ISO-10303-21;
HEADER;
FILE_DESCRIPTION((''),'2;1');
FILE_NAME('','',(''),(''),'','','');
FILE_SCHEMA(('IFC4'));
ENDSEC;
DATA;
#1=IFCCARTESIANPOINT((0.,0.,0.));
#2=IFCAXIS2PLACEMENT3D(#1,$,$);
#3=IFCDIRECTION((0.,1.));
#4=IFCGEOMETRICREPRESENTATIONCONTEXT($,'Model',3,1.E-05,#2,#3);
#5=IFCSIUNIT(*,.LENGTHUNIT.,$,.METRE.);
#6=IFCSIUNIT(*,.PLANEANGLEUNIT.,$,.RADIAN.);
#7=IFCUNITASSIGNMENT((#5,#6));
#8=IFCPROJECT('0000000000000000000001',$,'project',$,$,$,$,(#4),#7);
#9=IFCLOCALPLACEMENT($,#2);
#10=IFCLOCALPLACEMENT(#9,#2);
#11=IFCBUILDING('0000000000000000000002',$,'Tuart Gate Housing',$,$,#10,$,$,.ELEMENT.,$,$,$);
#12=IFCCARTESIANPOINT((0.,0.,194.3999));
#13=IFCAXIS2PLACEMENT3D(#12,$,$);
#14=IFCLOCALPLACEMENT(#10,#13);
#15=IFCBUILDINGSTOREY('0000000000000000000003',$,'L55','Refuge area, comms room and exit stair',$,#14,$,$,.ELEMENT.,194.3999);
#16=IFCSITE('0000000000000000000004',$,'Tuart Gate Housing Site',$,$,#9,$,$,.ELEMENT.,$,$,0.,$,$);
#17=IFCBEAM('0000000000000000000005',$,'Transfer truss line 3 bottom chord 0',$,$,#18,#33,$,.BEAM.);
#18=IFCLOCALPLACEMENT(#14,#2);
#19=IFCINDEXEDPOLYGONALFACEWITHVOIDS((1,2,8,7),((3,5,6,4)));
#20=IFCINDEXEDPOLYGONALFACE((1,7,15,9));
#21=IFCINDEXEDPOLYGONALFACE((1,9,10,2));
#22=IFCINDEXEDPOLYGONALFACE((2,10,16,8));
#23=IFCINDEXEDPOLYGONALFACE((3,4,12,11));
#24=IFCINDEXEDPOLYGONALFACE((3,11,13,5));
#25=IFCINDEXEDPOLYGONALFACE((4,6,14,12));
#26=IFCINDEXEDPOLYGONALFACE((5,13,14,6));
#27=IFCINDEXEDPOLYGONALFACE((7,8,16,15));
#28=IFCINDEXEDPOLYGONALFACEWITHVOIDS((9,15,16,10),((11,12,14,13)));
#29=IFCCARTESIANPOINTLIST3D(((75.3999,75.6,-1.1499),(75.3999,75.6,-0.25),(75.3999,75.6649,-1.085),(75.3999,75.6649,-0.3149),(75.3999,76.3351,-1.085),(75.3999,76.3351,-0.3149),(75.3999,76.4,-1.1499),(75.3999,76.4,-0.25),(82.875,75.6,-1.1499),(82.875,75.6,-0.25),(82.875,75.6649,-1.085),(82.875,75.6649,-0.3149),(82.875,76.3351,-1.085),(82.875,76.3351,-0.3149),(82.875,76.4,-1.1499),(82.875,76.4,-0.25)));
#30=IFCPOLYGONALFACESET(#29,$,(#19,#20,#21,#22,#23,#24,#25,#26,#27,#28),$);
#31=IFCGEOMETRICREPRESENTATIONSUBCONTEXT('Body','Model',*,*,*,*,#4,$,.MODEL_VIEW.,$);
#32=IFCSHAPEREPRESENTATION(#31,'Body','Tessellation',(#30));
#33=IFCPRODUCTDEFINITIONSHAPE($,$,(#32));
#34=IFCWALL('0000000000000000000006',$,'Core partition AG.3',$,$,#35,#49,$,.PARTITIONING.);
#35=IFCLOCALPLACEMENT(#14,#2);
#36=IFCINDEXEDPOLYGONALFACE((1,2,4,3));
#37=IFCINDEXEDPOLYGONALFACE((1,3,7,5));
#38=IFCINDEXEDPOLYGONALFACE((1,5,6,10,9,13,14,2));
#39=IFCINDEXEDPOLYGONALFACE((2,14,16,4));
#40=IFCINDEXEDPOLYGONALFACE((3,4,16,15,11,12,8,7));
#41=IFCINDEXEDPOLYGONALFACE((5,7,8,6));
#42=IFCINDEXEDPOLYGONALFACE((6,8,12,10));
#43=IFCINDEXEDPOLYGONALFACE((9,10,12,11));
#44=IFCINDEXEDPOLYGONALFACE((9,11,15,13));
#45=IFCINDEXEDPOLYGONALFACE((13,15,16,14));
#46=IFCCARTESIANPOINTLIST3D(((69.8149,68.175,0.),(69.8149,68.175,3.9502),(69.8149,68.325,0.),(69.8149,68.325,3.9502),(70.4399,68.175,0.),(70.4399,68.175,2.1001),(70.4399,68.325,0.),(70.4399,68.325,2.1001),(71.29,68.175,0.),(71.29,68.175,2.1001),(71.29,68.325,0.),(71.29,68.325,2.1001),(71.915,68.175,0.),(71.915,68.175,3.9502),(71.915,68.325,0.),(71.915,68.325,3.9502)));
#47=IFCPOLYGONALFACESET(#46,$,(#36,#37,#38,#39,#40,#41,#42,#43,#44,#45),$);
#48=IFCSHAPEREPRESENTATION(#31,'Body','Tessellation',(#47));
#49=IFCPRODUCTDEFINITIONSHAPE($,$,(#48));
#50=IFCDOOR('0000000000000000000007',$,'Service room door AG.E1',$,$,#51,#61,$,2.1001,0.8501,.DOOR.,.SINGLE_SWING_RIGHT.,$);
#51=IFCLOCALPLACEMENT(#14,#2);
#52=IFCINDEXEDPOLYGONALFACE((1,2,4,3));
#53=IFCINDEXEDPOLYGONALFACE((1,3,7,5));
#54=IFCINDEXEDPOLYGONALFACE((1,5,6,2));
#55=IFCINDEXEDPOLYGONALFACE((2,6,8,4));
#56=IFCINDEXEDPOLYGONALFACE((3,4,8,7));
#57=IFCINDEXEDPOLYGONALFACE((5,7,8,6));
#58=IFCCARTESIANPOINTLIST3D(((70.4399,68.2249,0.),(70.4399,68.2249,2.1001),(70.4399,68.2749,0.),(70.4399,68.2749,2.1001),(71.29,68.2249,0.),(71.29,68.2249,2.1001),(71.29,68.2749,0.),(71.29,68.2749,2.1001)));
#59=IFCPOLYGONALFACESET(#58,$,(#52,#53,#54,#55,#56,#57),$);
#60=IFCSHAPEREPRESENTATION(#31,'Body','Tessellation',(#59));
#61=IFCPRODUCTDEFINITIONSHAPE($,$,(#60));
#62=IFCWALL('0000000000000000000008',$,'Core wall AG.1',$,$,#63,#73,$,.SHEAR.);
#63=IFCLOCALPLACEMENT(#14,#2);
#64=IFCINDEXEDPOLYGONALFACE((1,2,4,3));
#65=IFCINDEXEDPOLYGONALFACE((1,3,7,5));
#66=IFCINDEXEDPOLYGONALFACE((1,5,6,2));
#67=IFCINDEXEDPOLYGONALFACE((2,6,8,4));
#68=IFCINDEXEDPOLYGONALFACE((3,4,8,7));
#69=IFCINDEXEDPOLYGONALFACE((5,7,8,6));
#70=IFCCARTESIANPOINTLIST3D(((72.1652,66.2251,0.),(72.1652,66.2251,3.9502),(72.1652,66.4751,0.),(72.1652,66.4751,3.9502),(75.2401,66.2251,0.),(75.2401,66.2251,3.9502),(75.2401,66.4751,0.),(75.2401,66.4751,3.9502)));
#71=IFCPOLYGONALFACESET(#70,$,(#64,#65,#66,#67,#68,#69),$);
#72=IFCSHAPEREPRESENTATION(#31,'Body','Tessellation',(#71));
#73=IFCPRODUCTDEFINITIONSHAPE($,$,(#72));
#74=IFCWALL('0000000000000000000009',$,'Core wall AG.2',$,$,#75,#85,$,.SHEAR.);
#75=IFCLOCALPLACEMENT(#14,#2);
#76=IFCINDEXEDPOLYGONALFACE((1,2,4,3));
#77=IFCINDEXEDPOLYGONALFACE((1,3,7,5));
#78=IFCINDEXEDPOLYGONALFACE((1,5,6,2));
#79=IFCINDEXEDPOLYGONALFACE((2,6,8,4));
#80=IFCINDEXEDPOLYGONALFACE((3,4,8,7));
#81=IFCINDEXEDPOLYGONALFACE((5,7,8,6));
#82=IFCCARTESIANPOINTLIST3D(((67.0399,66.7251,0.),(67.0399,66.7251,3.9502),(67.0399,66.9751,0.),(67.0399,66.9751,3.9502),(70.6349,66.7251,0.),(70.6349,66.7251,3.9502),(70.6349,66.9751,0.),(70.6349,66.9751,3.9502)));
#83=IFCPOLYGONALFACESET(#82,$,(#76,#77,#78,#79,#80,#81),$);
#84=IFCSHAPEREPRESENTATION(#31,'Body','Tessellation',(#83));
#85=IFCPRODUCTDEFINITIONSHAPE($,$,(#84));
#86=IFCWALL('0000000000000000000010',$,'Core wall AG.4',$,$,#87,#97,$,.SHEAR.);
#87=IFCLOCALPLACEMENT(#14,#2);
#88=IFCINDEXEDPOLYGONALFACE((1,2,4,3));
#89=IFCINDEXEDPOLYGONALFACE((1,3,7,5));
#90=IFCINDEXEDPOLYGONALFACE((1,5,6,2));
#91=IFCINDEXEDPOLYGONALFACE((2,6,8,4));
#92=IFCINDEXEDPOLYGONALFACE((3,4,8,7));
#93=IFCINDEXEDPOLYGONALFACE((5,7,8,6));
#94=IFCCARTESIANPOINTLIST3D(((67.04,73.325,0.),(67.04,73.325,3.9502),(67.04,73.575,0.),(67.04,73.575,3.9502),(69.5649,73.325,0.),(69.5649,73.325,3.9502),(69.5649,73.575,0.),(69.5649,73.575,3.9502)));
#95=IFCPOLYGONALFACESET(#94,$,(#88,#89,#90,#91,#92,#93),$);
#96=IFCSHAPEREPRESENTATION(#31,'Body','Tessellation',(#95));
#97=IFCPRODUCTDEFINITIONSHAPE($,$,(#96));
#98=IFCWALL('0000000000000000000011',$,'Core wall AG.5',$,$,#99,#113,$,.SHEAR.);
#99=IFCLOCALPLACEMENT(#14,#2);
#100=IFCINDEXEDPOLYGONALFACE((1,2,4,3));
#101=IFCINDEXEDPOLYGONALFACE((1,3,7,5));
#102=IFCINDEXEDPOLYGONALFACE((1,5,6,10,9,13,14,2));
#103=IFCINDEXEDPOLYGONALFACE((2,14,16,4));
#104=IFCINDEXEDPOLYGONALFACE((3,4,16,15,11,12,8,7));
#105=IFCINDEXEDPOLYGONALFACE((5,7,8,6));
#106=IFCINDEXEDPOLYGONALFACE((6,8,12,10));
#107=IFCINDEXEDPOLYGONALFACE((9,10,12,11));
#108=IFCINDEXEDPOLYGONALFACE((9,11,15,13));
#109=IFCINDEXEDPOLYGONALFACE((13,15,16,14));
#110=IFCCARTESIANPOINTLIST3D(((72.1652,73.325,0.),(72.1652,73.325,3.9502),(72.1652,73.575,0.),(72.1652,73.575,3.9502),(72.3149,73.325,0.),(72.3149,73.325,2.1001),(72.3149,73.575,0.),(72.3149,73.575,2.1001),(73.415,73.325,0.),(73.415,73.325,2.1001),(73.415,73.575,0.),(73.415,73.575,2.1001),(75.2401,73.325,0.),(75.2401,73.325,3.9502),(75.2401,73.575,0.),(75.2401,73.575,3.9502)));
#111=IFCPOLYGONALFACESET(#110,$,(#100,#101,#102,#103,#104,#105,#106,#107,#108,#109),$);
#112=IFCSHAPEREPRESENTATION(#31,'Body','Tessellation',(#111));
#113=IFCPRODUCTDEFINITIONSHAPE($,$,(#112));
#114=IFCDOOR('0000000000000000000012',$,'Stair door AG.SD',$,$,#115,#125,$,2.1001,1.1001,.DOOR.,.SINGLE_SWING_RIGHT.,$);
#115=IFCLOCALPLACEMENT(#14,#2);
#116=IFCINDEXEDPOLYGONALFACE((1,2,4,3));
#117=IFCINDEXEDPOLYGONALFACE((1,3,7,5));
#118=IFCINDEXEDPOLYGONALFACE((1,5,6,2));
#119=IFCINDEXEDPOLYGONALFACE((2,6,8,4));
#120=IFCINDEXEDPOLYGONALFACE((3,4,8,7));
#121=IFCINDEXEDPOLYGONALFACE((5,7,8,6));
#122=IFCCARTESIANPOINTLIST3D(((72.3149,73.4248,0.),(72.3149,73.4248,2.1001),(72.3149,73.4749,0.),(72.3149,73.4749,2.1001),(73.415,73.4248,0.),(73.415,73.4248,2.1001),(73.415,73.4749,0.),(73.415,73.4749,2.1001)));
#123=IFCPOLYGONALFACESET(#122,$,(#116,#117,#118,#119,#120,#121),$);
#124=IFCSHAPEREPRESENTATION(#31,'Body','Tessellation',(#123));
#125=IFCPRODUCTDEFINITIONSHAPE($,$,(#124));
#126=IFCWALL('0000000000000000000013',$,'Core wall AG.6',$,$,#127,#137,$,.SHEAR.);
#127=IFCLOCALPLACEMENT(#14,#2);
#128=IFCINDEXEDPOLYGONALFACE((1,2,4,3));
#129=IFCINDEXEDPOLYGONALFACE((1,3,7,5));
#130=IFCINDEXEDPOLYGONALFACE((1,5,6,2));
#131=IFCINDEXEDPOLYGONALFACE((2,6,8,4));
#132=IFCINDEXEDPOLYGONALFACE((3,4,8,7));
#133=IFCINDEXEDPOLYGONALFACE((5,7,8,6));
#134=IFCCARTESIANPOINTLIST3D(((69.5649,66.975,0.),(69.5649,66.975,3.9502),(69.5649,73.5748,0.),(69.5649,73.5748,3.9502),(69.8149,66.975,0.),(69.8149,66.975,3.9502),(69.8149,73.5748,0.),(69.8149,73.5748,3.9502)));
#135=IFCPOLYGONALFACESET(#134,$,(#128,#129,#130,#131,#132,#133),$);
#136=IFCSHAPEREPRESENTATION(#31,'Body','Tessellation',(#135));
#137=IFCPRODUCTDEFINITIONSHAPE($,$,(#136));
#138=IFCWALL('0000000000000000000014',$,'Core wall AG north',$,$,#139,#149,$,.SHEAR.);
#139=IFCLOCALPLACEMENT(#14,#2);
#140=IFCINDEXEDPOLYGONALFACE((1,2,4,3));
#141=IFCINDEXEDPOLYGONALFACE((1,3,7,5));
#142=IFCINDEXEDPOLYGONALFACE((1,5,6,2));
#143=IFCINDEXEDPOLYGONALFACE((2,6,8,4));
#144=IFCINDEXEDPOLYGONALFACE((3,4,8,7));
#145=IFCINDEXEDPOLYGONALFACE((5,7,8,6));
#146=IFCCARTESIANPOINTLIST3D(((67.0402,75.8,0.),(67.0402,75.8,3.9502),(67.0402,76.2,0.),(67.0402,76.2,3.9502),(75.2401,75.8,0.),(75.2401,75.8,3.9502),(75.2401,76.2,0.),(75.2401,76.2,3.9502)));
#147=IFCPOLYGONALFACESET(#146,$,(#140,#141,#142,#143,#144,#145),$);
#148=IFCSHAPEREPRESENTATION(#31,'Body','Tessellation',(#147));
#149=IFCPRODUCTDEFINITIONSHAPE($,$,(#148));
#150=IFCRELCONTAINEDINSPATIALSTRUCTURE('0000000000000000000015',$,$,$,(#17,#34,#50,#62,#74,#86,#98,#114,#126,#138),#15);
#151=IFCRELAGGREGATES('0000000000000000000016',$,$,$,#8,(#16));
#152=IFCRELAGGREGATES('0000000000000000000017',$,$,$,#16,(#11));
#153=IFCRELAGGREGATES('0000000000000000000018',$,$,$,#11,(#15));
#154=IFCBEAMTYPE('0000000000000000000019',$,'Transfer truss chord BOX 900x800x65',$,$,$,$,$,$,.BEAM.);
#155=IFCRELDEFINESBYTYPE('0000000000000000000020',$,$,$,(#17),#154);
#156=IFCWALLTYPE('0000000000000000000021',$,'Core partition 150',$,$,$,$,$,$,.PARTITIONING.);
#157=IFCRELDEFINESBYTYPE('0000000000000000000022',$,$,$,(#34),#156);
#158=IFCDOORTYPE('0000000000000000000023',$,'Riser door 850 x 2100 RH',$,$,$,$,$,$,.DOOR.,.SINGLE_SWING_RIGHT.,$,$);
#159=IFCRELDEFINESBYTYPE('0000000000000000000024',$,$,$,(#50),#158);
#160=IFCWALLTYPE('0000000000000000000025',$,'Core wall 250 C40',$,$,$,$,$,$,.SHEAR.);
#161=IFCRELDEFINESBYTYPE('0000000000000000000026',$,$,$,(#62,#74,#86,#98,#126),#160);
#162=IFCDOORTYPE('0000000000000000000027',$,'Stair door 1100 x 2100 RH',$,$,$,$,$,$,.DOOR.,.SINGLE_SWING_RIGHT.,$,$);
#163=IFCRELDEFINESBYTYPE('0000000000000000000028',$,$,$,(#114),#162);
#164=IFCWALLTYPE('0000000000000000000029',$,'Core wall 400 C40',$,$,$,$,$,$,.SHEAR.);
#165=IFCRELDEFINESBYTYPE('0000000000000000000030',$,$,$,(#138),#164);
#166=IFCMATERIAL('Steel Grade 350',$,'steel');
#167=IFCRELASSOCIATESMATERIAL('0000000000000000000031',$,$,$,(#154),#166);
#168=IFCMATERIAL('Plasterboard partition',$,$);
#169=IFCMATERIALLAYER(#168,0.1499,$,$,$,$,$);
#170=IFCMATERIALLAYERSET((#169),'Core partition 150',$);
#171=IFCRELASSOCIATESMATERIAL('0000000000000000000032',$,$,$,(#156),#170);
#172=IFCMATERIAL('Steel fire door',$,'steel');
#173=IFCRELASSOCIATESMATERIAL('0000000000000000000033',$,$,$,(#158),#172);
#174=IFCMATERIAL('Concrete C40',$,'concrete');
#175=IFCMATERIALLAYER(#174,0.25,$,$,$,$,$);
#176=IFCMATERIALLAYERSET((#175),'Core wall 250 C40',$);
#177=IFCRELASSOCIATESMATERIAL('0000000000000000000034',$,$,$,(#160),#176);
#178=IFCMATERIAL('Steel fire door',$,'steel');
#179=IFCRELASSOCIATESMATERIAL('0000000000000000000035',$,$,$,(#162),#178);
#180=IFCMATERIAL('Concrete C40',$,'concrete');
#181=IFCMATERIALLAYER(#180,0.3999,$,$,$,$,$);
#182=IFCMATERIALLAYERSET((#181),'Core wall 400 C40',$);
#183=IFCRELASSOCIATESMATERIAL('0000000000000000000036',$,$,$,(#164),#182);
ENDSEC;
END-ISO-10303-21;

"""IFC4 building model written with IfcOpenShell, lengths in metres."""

from ifc_helpers import new_model, si_unit, direction, frame, frame_2d, origin, origin_2d, place, context, subcontext, project, spatial, rectangle, hollow_rectangle, extrude, material, layer, layer_set, material_profile, profile_set, type_object, element, fill, save


model = new_model("IFC4")

# Units and contexts
model_context = context("Model", 3, precision=1e-05, world=origin(), true_north=direction((0.0, 1.0)))
body_context = subcontext(model_context, "Body", "Model", "MODEL_VIEW")
ifc_project = project(units=[si_unit("LENGTHUNIT", "METRE"), si_unit("PLANEANGLEUNIT", "RADIAN")], contexts=[model_context])

# Site, building, storey
site_placement = place(None, origin())
site = spatial("IfcSite", under=ifc_project, at=site_placement, Name="Tuart Gate Housing Site", CompositionType="ELEMENT", RefElevation=0.0)
building_placement = place(site_placement, origin())
building = spatial("IfcBuilding", under=site, at=building_placement, Name="Tuart Gate Housing", CompositionType="ELEMENT")
storey_placement = place(building_placement, frame((0.0, 0.0, 194.3999)))
storey = spatial("IfcBuildingStorey", under=building, at=storey_placement, Name="L55", Description="Refuge area, comms room and exit stair", CompositionType="ELEMENT", Elevation=194.3999)

# Beam
ifc_material_1 = material(Name="Steel Grade 350", Category="steel")
ifc_material_profile = material_profile(ifc_material_1, hollow_rectangle(XDim=0.8, YDim=0.8999, WallThickness=0.0649, at=origin_2d()), Name="BOX 900x800x65")
ifc_profile_set = profile_set([ifc_material_profile], Name="Steel Grade 350")
beam_type = type_object("IfcBeamType", Name="Transfer truss chord BOX 900x800x65", PredefinedType="BEAM", material=ifc_profile_set)
beam_placement = place(storey_placement, frame((75.3999, 76.0, -0.7), z_axis=(1.0, 0.0, 0.0), x_axis=(0.0, 1.0, 0.0)))
element("IfcBeam", 1, at=beam_placement, inside=storey, type_object=beam_type, Name="Transfer truss line 3 bottom chord 0", PredefinedType="BEAM", context=body_context, shape_type="SweptSolid", body=[
    extrude(hollow_rectangle(XDim=0.8, YDim=0.8999, WallThickness=0.0649, at=origin_2d()), origin(), (0.0, 0.0, 1.0), 7.4751),
])

# Wall, opening, door
ifc_material_2 = material(Name="Plasterboard partition")
ifc_layer_1 = layer(ifc_material_2, 0.1499)
ifc_layer_set_1 = layer_set([ifc_layer_1], Name="Core partition 150")
wall_type_1 = type_object("IfcWallType", Name="Core partition 150", PredefinedType="PARTITIONING", material=ifc_layer_set_1)
wall_1_placement = place(storey_placement, frame((69.8149, 68.25, 0.0), z_axis=(0.0, 0.0, 1.0), x_axis=(1.0, 0.0, 0.0)))
wall_1 = element("IfcWall", 2, at=wall_1_placement, inside=storey, type_object=wall_type_1, Name="Core partition AG.3", PredefinedType="PARTITIONING", context=body_context, shape_type="SweptSolid", body=[
    extrude(rectangle(XDim=2.1001, YDim=0.1499, at=frame_2d((1.05, 0.0))), origin(), (0.0, 0.0, 1.0), 3.9502),
])
opening_1_placement = place(wall_1_placement, frame((0.625, 0.0, 0.0)))
opening_1 = element("IfcOpeningElement", 3, at=opening_1_placement, cuts=wall_1, PredefinedType="OPENING", context=body_context, shape_type="SweptSolid", body=[
    extrude(rectangle(XDim=0.8501, YDim=2.1001, at=frame_2d((0.425, 1.05))), frame((0.0, 0.085, 0.0), z_axis=(0.0, -1.0, 0.0), x_axis=(1.0, 0.0, 0.0)), (0.0, 0.0, 1.0), 0.1699),
])
ifc_material_3 = material(Name="Steel fire door", Category="steel")
door_type_1 = type_object("IfcDoorType", Name="Riser door 850 x 2100 RH", OperationType="SINGLE_SWING_RIGHT", PredefinedType="DOOR", material=ifc_material_3)
door_1_placement = place(opening_1_placement, frame((0.8501, 0.0, 0.0), z_axis=(0.0, 0.0, 1.0), x_axis=(-1.0, 0.0, 0.0)))
door_1 = element("IfcDoor", 4, at=door_1_placement, inside=storey, type_object=door_type_1, Name="Service room door AG.E1", OperationType="SINGLE_SWING_RIGHT", OverallHeight=2.1001, OverallWidth=0.8501, PredefinedType="DOOR", context=body_context, shape_type="SweptSolid", body=[
    extrude(rectangle(XDim=0.8501, YDim=2.1001, at=frame_2d((0.425, 1.05))), frame((0.0, 0.0251, 0.0), z_axis=(0.0, -1.0, 0.0), x_axis=(1.0, 0.0, 0.0)), (0.0, 0.0, 1.0), 0.05),
])
fill(opening_1, door_1)

# Walls
ifc_material_4 = material(Name="Concrete C40", Category="concrete")
ifc_layer_2 = layer(ifc_material_4, 0.25)
ifc_layer_set_2 = layer_set([ifc_layer_2], Name="Core wall 250 C40")
wall_type_2 = type_object("IfcWallType", Name="Core wall 250 C40", PredefinedType="SHEAR", material=ifc_layer_set_2)
wall_2_placement = place(storey_placement, frame((72.165, 66.3501, 0.0), z_axis=(0.0, 0.0, 1.0), x_axis=(1.0, 0.0, 0.0)))
element("IfcWall", 5, at=wall_2_placement, inside=storey, type_object=wall_type_2, Name="Core wall AG.1", PredefinedType="SHEAR", context=body_context, shape_type="SweptSolid", body=[
    extrude(rectangle(XDim=3.075, YDim=0.25, at=frame_2d((1.5376, 0.0))), origin(), (0.0, 0.0, 1.0), 3.9502),
])
wall_3_placement = place(storey_placement, frame((67.04, 66.8501, 0.0), z_axis=(0.0, 0.0, 1.0), x_axis=(1.0, 0.0, 0.0)))
element("IfcWall", 6, at=wall_3_placement, inside=storey, type_object=wall_type_2, Name="Core wall AG.2", PredefinedType="SHEAR", context=body_context, shape_type="SweptSolid", body=[
    extrude(rectangle(XDim=3.595, YDim=0.25, at=frame_2d((1.7974, 0.0))), origin(), (0.0, 0.0, 1.0), 3.9502),
])
wall_4_placement = place(storey_placement, frame((67.04, 73.45, 0.0), z_axis=(0.0, 0.0, 1.0), x_axis=(1.0, 0.0, 0.0)))
element("IfcWall", 7, at=wall_4_placement, inside=storey, type_object=wall_type_2, Name="Core wall AG.4", PredefinedType="SHEAR", context=body_context, shape_type="SweptSolid", body=[
    extrude(rectangle(XDim=2.5249, YDim=0.25, at=frame_2d((1.2625, 0.0))), origin(), (0.0, 0.0, 1.0), 3.9502),
])

# Wall, opening, door
wall_5_placement = place(storey_placement, frame((72.165, 73.45, 0.0), z_axis=(0.0, 0.0, 1.0), x_axis=(1.0, 0.0, 0.0)))
wall_5 = element("IfcWall", 8, at=wall_5_placement, inside=storey, type_object=wall_type_2, Name="Core wall AG.5", PredefinedType="SHEAR", context=body_context, shape_type="SweptSolid", body=[
    extrude(rectangle(XDim=3.075, YDim=0.25, at=frame_2d((1.5376, 0.0))), origin(), (0.0, 0.0, 1.0), 3.9502),
])
opening_2_placement = place(wall_5_placement, frame((0.1499, 0.0, 0.0)))
opening_2 = element("IfcOpeningElement", 9, at=opening_2_placement, cuts=wall_5, PredefinedType="OPENING", context=body_context, shape_type="SweptSolid", body=[
    extrude(rectangle(XDim=1.1001, YDim=2.1001, at=frame_2d((0.55, 1.05))), frame((0.0, 0.135, 0.0), z_axis=(0.0, -1.0, 0.0), x_axis=(1.0, 0.0, 0.0)), (0.0, 0.0, 1.0), 0.27),
])
ifc_material_5 = material(Name="Steel fire door", Category="steel")
door_type_2 = type_object("IfcDoorType", Name="Stair door 1100 x 2100 RH", OperationType="SINGLE_SWING_RIGHT", PredefinedType="DOOR", material=ifc_material_5)
door_2_placement = place(opening_2_placement, frame((1.1001, 0.0, 0.0), z_axis=(0.0, 0.0, 1.0), x_axis=(-1.0, 0.0, 0.0)))
door_2 = element("IfcDoor", 10, at=door_2_placement, inside=storey, type_object=door_type_2, Name="Stair door AG.SD", OperationType="SINGLE_SWING_RIGHT", OverallHeight=2.1001, OverallWidth=1.1001, PredefinedType="DOOR", context=body_context, shape_type="SweptSolid", body=[
    extrude(rectangle(XDim=1.1001, YDim=2.1001, at=frame_2d((0.55, 1.05))), frame((0.0, 0.0251, 0.0), z_axis=(0.0, -1.0, 0.0), x_axis=(1.0, 0.0, 0.0)), (0.0, 0.0, 1.0), 0.05),
])
fill(opening_2, door_2)

# Walls
wall_6_placement = place(storey_placement, frame((69.6899, 66.9751, 0.0), z_axis=(0.0, 0.0, 1.0), x_axis=(0.0, 1.0, 0.0)))
element("IfcWall", 11, at=wall_6_placement, inside=storey, type_object=wall_type_2, Name="Core wall AG.6", PredefinedType="SHEAR", context=body_context, shape_type="SweptSolid", body=[
    extrude(rectangle(XDim=6.5999, YDim=0.25, at=frame_2d((3.2998, 0.0))), origin(), (0.0, 0.0, 1.0), 3.9502),
])
ifc_material_6 = material(Name="Concrete C40", Category="concrete")
ifc_layer_3 = layer(ifc_material_6, 0.3999)
ifc_layer_set_3 = layer_set([ifc_layer_3], Name="Core wall 400 C40")
wall_type_3 = type_object("IfcWallType", Name="Core wall 400 C40", PredefinedType="SHEAR", material=ifc_layer_set_3)
wall_7_placement = place(storey_placement, frame((67.04, 76.0, 0.0), z_axis=(0.0, 0.0, 1.0), x_axis=(1.0, 0.0, 0.0)))
element("IfcWall", 12, at=wall_7_placement, inside=storey, type_object=wall_type_3, Name="Core wall AG north", PredefinedType="SHEAR", context=body_context, shape_type="SweptSolid", body=[
    extrude(rectangle(XDim=8.2, YDim=0.3999, at=frame_2d((4.1001, 0.0))), origin(), (0.0, 0.0, 1.0), 3.9502),
])

save(model, "model.ifc")
